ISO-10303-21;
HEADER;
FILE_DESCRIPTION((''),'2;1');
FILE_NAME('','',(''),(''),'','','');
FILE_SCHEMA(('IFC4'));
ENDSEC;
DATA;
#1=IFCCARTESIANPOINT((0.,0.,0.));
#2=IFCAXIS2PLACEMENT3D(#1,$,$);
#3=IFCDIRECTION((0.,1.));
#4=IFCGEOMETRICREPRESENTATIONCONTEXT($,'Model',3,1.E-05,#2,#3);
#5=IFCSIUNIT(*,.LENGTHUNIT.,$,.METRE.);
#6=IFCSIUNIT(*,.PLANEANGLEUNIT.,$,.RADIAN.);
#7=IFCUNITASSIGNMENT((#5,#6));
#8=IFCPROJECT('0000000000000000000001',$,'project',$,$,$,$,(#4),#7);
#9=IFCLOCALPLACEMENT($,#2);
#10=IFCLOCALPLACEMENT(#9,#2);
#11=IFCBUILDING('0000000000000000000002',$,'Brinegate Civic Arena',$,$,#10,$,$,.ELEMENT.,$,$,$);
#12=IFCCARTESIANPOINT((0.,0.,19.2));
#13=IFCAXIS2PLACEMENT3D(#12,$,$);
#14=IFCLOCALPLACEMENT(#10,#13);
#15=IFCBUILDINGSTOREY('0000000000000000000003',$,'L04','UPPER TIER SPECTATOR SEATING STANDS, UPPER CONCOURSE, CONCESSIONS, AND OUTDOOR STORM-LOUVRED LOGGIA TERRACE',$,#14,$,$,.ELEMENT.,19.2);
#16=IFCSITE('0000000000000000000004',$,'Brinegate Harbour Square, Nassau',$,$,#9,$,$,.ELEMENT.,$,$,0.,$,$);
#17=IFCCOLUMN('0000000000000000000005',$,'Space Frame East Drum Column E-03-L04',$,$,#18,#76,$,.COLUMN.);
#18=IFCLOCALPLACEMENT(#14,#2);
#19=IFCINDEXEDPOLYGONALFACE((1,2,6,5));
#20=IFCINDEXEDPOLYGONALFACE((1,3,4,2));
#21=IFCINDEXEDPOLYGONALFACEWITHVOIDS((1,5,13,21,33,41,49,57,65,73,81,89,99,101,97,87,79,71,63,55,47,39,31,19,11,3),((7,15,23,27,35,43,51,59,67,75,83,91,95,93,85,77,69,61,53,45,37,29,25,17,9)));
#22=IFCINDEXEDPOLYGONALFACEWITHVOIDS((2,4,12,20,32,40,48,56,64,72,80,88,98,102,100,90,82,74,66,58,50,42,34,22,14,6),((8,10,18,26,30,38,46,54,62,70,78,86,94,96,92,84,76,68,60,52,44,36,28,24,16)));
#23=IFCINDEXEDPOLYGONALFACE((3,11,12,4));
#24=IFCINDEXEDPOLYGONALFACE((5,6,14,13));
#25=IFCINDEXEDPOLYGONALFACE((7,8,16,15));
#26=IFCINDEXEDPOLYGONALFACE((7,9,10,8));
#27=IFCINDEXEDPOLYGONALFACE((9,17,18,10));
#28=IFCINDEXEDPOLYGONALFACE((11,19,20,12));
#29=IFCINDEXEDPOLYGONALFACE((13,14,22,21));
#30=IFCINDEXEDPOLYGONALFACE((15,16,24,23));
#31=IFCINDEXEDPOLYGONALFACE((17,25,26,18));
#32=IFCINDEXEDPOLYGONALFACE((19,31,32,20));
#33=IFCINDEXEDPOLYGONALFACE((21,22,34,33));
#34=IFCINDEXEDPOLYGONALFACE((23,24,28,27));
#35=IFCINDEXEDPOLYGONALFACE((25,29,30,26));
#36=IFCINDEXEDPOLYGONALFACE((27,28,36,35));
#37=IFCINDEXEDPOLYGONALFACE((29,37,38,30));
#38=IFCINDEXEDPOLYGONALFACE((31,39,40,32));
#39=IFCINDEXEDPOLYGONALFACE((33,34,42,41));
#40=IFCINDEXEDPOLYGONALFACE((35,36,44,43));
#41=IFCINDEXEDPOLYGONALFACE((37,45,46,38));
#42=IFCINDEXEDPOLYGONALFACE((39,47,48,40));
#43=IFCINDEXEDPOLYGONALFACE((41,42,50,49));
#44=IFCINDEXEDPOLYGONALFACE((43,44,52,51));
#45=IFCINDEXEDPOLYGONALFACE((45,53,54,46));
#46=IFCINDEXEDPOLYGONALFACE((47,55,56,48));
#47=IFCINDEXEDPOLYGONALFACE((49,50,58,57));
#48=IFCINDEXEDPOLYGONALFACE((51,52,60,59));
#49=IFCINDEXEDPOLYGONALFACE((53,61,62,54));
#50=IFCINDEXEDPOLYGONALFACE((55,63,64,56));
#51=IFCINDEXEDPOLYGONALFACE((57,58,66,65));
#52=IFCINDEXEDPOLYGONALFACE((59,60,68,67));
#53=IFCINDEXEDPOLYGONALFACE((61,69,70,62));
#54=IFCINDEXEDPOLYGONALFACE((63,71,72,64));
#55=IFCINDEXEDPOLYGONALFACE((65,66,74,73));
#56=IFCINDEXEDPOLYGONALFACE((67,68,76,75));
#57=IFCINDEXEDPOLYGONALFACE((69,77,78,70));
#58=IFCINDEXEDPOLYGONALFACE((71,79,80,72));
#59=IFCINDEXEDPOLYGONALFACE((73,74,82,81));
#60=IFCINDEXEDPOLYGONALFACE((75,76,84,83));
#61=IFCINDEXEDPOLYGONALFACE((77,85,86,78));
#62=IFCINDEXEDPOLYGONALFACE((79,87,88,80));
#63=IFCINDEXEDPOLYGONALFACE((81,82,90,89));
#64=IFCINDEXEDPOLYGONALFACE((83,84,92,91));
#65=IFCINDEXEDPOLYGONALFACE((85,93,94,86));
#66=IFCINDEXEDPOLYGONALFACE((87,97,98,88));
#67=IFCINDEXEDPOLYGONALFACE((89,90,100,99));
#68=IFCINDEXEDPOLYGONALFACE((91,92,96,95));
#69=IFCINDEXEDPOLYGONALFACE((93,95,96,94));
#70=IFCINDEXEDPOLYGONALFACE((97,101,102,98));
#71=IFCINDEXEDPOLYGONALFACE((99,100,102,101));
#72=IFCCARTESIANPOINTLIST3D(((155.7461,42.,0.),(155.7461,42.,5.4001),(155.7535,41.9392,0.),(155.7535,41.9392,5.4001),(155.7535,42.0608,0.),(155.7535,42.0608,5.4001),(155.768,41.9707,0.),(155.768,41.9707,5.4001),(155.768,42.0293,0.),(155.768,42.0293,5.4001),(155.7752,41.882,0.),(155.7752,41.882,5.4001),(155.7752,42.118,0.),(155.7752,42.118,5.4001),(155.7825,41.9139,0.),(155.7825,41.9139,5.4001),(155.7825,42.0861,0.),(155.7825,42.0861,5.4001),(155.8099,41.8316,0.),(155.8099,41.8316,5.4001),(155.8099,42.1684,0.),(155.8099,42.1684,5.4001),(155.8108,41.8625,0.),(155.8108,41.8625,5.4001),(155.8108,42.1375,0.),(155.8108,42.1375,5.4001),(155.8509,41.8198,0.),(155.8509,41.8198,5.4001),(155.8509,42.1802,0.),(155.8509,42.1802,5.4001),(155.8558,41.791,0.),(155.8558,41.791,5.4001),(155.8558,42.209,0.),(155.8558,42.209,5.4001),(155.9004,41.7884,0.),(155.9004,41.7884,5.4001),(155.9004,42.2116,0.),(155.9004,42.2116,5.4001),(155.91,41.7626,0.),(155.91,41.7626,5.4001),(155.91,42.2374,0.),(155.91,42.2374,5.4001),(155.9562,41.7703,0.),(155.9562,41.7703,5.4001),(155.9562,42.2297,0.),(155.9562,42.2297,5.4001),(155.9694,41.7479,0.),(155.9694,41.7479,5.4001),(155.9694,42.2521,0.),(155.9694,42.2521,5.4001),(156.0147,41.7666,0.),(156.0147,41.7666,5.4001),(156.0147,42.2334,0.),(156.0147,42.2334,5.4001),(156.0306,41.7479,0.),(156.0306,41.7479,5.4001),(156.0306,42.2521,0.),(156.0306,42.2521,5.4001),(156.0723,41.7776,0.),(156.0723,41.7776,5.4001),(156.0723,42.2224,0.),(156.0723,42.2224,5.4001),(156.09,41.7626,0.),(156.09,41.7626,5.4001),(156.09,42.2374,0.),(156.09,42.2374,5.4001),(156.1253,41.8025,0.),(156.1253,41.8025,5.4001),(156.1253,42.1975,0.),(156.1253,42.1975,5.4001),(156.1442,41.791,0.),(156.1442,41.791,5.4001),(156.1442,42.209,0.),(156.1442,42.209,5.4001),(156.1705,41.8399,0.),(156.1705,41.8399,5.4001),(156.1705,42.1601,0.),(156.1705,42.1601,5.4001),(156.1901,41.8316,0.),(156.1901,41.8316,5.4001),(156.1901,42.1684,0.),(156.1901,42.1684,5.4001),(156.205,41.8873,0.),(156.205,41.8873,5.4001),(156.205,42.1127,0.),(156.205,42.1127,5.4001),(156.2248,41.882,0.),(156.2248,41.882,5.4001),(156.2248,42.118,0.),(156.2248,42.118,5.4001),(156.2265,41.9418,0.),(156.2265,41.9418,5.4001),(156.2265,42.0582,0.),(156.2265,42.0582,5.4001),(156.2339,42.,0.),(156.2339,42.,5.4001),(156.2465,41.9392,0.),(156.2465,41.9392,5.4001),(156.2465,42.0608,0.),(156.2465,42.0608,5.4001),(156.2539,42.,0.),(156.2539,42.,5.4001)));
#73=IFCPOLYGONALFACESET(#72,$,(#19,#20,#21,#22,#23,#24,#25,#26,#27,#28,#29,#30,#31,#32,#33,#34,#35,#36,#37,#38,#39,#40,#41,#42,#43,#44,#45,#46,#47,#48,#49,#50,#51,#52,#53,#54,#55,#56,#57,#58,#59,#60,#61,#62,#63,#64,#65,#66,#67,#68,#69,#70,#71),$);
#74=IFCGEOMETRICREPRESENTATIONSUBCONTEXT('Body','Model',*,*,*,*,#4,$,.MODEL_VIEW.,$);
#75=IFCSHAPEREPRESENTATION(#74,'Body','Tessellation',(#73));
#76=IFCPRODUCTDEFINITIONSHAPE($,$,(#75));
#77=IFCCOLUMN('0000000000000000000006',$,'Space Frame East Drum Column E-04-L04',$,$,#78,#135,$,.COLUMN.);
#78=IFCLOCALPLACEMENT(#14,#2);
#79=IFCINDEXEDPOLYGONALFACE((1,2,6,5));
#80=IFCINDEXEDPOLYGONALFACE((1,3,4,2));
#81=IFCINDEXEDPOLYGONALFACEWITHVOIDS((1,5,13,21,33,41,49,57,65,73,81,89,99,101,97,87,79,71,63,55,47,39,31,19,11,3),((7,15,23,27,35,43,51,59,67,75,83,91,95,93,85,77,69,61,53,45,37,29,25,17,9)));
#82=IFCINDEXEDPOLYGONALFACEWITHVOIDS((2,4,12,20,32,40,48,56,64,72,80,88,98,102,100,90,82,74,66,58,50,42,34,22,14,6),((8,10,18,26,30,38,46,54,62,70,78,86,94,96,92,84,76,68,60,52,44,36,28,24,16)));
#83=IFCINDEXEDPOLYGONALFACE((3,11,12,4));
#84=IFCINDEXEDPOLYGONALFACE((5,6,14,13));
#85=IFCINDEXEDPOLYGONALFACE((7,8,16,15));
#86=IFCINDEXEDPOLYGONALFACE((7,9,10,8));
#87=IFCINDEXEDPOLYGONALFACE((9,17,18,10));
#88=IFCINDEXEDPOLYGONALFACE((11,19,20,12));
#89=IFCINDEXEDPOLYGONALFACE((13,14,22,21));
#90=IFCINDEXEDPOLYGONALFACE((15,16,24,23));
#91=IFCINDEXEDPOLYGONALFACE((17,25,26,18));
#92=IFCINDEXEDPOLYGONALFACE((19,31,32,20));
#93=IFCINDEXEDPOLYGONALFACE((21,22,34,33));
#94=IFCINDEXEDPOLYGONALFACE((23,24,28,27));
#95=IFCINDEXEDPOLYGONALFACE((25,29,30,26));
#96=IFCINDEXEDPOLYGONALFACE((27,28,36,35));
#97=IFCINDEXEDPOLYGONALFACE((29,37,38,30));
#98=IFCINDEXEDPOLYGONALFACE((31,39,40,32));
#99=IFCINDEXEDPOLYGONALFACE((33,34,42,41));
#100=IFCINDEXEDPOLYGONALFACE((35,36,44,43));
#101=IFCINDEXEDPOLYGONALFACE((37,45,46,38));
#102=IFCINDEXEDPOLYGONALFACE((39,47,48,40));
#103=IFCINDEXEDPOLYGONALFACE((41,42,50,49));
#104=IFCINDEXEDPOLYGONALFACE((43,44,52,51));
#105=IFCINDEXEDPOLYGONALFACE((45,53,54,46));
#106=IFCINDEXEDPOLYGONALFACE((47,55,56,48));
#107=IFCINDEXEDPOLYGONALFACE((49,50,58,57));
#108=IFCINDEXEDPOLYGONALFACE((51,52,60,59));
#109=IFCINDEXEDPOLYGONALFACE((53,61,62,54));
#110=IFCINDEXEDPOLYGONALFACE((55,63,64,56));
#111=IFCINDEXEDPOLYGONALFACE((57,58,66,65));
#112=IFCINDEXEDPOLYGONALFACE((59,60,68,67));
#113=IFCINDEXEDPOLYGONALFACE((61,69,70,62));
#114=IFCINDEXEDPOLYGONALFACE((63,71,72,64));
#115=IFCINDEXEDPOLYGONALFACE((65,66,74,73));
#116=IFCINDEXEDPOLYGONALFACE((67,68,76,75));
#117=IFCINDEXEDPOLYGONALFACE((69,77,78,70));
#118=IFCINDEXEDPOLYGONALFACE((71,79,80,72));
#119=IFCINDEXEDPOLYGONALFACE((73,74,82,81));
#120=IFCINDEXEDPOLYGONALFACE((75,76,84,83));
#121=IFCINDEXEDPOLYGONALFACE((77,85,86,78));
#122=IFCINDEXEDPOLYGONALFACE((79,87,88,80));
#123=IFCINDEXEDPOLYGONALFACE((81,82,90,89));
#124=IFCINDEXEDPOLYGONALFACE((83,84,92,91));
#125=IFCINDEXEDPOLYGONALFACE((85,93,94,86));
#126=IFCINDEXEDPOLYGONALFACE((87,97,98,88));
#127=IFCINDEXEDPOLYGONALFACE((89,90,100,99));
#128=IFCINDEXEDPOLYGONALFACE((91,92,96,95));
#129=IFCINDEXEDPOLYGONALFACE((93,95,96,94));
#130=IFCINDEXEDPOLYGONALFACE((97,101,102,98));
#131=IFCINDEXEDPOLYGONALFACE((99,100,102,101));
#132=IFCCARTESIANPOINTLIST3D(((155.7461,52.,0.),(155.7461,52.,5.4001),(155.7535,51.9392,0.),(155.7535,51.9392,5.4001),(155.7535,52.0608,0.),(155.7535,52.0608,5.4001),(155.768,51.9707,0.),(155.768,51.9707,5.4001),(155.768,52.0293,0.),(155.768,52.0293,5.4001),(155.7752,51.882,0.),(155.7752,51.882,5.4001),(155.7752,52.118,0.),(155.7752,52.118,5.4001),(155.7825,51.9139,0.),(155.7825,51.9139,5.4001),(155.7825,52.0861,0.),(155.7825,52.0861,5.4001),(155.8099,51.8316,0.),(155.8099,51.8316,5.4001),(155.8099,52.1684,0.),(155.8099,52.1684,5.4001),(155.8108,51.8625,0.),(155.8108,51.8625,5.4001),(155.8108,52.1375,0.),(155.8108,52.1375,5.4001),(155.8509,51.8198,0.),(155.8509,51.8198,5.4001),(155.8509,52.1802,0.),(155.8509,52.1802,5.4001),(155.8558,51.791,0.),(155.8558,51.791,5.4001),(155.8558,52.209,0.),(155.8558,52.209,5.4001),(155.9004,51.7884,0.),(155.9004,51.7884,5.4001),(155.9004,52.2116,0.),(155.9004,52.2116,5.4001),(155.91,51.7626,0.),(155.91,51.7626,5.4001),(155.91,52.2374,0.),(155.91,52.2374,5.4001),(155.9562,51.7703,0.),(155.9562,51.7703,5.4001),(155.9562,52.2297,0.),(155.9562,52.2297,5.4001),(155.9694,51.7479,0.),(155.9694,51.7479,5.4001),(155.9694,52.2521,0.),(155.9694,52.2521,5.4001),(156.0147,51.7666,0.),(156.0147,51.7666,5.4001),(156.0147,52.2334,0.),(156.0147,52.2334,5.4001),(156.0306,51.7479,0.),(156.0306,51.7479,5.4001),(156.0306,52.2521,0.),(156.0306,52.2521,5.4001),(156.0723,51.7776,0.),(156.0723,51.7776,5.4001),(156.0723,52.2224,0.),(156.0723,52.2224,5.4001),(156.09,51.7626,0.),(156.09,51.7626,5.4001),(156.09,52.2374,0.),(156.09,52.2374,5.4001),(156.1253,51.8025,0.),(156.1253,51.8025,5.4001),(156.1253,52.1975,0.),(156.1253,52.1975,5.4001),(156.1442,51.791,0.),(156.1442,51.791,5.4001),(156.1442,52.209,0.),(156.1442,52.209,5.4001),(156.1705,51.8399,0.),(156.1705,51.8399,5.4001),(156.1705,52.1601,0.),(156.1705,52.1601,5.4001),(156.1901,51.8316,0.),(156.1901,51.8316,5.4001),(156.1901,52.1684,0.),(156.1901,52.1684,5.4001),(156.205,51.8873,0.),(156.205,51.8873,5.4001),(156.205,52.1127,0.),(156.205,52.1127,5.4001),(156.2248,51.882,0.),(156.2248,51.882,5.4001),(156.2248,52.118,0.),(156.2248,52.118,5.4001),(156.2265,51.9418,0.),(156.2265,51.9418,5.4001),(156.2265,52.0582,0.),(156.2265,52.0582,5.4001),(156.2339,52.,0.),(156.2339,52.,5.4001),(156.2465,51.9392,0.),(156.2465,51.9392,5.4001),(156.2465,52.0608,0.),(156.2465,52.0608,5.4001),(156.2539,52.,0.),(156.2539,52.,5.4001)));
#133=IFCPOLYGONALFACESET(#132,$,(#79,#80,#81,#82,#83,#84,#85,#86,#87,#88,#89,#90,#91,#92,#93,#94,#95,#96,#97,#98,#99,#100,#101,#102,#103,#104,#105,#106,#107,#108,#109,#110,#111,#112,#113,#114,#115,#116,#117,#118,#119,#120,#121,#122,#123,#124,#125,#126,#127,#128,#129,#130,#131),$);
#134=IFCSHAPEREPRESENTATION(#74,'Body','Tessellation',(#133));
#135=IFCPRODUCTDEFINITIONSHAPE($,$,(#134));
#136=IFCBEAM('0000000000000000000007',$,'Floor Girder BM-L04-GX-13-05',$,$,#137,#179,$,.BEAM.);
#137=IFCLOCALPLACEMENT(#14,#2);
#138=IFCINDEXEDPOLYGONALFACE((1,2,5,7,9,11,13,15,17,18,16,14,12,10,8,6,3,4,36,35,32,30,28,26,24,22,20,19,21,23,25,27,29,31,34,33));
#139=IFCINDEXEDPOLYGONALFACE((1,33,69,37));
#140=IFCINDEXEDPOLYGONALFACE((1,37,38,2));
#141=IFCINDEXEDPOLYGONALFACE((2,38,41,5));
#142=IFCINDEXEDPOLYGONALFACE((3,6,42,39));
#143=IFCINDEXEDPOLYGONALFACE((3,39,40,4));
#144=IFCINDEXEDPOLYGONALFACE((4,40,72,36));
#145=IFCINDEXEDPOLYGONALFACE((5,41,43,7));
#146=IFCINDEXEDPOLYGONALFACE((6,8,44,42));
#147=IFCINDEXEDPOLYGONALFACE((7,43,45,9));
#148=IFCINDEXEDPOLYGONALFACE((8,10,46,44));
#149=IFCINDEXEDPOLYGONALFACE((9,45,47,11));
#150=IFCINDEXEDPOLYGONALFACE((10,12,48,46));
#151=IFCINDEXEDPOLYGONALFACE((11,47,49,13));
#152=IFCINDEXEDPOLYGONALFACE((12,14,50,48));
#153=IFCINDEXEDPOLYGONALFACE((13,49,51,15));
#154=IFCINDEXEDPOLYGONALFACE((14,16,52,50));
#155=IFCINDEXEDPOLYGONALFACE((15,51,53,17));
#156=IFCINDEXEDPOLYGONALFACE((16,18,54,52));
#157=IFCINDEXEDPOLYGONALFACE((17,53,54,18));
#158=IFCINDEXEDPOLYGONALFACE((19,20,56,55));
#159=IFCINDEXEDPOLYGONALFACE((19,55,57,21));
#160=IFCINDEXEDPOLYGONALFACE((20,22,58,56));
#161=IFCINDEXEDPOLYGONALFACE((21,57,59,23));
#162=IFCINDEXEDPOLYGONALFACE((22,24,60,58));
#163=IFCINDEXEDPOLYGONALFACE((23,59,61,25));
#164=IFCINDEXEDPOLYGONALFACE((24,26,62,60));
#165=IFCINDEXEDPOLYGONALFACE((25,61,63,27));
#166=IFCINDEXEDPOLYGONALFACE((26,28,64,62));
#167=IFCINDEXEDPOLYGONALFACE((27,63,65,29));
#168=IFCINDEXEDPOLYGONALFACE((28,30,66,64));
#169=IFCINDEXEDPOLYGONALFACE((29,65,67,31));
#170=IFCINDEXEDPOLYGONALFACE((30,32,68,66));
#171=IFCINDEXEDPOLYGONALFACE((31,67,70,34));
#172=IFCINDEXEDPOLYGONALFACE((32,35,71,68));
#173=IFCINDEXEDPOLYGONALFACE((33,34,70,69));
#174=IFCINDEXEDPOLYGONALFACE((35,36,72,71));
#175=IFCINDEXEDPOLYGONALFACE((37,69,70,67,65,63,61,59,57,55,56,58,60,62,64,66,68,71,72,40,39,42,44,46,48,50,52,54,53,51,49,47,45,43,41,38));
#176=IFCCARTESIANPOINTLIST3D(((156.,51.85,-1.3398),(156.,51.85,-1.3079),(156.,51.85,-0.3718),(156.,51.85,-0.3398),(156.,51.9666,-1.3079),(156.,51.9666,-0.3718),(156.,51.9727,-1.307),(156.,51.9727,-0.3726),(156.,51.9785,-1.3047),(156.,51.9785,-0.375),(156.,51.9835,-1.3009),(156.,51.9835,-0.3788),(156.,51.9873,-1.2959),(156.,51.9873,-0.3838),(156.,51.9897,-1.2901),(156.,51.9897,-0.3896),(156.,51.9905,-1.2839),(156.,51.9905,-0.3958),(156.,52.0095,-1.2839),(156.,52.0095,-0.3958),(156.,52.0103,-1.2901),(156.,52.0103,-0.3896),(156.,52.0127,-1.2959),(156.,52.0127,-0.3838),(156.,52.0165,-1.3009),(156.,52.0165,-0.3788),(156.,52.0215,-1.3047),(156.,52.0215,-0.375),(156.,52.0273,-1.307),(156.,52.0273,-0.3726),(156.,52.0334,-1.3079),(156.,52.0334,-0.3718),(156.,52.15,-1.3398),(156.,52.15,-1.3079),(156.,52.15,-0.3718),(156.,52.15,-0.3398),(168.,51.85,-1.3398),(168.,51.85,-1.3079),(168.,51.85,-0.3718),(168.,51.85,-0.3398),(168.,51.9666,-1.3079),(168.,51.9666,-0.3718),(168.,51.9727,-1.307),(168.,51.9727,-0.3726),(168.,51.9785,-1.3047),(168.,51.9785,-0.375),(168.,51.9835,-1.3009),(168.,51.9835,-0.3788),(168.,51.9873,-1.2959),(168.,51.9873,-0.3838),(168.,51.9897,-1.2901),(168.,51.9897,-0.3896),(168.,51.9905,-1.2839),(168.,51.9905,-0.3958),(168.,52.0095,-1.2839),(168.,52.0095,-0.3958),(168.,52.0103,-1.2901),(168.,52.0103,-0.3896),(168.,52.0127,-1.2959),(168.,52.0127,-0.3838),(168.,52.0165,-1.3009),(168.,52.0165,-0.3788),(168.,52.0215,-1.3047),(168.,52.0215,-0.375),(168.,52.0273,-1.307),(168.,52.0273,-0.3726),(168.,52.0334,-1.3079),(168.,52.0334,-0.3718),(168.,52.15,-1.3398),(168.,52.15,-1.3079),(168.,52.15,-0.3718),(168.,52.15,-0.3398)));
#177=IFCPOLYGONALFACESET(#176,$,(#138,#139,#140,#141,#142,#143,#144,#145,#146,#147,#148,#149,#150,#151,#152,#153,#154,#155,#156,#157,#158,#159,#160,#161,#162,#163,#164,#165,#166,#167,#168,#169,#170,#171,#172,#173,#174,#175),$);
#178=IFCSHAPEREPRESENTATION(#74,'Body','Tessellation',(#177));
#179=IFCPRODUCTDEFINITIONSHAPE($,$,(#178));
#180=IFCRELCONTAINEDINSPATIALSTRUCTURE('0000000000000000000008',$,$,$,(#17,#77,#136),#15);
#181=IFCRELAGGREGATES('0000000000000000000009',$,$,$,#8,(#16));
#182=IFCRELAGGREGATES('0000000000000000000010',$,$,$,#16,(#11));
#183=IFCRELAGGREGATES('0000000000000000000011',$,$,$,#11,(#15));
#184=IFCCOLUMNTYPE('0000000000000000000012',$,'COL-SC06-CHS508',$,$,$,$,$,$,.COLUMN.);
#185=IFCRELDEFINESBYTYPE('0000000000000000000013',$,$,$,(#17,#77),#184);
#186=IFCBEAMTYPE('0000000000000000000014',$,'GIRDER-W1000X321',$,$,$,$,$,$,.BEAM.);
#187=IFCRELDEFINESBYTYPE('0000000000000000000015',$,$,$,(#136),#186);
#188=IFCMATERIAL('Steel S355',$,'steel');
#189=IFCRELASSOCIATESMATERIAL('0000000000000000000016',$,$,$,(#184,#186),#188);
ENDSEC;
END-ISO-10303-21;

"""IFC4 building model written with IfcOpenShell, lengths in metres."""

from ifc_helpers import new_model, si_unit, direction, frame, origin, origin_2d, place, context, subcontext, project, spatial, hollow_circle, i_section, extrude, material, material_profile, profile_set, type_object, element, save


model = new_model("IFC4")

# Units and contexts
model_context = context("Model", 3, precision=1e-05, world=origin(), true_north=direction((0.0, 1.0)))
body_context = subcontext(model_context, "Body", "Model", "MODEL_VIEW")
ifc_project = project(units=[si_unit("LENGTHUNIT", "METRE"), si_unit("PLANEANGLEUNIT", "RADIAN")], contexts=[model_context])

# Site, building, storey
site_placement = place(None, origin())
site = spatial("IfcSite", under=ifc_project, at=site_placement, Name="Brinegate Harbour Square, Nassau", CompositionType="ELEMENT", RefElevation=0.0)
building_placement = place(site_placement, origin())
building = spatial("IfcBuilding", under=site, at=building_placement, Name="Brinegate Civic Arena", CompositionType="ELEMENT")
storey_placement = place(building_placement, frame((0.0, 0.0, 19.2)))
storey = spatial("IfcBuildingStorey", under=building, at=storey_placement, Name="L04", Description="UPPER TIER SPECTATOR SEATING STANDS, UPPER CONCOURSE, CONCESSIONS, AND OUTDOOR STORM-LOUVRED LOGGIA TERRACE", CompositionType="ELEMENT", Elevation=19.2)

# Columns
ifc_material_1 = material(Name="Steel S355", Category="steel")
ifc_material_profile_1 = material_profile(ifc_material_1, hollow_circle(Radius=0.2539, WallThickness=0.02, at=origin_2d()), Name="CHS508X20")
ifc_profile_set_1 = profile_set([ifc_material_profile_1], Name="Steel S355")
column_type = type_object("IfcColumnType", Name="COL-SC06-CHS508", PredefinedType="COLUMN", material=ifc_profile_set_1)
for number, where, z_axis, x_axis, name in (
    (1, (156.0, 42.0, 0.0), (0.0, 0.0, 1.0), (1.0, 0.0, 0.0), "Space Frame East Drum Column E-03-L04"),
    (2, (156.0, 52.0, 0.0), (0.0, 0.0, 1.0), (1.0, 0.0, 0.0), "Space Frame East Drum Column E-04-L04"),
):
    element("IfcColumn", number, at=place(storey_placement, frame(where, z_axis=z_axis, x_axis=x_axis)), inside=storey, type_object=column_type, Name=name, PredefinedType="COLUMN", context=body_context, shape_type="SweptSolid", body=[
        extrude(hollow_circle(Radius=0.2539, WallThickness=0.02, at=origin_2d()), origin(), (0.0, 0.0, 1.0), 5.4001),
    ])

# Beam
ifc_material_profile_2 = material_profile(ifc_material_1, i_section(OverallWidth=0.3, OverallDepth=1.0, WebThickness=0.019, FlangeThickness=0.032, FilletRadius=0.0239, at=origin_2d()), Name="W1000X321")
ifc_profile_set_2 = profile_set([ifc_material_profile_2], Name="Steel S355")
beam_type_1 = type_object("IfcBeamType", Name="GIRDER-W1000X321", PredefinedType="BEAM", material=ifc_profile_set_2)
beam_1_placement = place(storey_placement, frame((156.0, 52.0, -0.8398), z_axis=(1.0, 0.0, 0.0), x_axis=(0.0, 1.0, 0.0)))
element("IfcBeam", 3, at=beam_1_placement, inside=storey, type_object=beam_type_1, Name="Floor Girder BM-L04-GX-13-05", PredefinedType="BEAM", context=body_context, shape_type="SweptSolid", body=[
    extrude(i_section(OverallWidth=0.3, OverallDepth=1.0, WebThickness=0.019, FlangeThickness=0.032, FilletRadius=0.0239, at=origin_2d()), origin(), (0.0, 0.0, 1.0), 12.0),
])

save(model, "model.ifc")
